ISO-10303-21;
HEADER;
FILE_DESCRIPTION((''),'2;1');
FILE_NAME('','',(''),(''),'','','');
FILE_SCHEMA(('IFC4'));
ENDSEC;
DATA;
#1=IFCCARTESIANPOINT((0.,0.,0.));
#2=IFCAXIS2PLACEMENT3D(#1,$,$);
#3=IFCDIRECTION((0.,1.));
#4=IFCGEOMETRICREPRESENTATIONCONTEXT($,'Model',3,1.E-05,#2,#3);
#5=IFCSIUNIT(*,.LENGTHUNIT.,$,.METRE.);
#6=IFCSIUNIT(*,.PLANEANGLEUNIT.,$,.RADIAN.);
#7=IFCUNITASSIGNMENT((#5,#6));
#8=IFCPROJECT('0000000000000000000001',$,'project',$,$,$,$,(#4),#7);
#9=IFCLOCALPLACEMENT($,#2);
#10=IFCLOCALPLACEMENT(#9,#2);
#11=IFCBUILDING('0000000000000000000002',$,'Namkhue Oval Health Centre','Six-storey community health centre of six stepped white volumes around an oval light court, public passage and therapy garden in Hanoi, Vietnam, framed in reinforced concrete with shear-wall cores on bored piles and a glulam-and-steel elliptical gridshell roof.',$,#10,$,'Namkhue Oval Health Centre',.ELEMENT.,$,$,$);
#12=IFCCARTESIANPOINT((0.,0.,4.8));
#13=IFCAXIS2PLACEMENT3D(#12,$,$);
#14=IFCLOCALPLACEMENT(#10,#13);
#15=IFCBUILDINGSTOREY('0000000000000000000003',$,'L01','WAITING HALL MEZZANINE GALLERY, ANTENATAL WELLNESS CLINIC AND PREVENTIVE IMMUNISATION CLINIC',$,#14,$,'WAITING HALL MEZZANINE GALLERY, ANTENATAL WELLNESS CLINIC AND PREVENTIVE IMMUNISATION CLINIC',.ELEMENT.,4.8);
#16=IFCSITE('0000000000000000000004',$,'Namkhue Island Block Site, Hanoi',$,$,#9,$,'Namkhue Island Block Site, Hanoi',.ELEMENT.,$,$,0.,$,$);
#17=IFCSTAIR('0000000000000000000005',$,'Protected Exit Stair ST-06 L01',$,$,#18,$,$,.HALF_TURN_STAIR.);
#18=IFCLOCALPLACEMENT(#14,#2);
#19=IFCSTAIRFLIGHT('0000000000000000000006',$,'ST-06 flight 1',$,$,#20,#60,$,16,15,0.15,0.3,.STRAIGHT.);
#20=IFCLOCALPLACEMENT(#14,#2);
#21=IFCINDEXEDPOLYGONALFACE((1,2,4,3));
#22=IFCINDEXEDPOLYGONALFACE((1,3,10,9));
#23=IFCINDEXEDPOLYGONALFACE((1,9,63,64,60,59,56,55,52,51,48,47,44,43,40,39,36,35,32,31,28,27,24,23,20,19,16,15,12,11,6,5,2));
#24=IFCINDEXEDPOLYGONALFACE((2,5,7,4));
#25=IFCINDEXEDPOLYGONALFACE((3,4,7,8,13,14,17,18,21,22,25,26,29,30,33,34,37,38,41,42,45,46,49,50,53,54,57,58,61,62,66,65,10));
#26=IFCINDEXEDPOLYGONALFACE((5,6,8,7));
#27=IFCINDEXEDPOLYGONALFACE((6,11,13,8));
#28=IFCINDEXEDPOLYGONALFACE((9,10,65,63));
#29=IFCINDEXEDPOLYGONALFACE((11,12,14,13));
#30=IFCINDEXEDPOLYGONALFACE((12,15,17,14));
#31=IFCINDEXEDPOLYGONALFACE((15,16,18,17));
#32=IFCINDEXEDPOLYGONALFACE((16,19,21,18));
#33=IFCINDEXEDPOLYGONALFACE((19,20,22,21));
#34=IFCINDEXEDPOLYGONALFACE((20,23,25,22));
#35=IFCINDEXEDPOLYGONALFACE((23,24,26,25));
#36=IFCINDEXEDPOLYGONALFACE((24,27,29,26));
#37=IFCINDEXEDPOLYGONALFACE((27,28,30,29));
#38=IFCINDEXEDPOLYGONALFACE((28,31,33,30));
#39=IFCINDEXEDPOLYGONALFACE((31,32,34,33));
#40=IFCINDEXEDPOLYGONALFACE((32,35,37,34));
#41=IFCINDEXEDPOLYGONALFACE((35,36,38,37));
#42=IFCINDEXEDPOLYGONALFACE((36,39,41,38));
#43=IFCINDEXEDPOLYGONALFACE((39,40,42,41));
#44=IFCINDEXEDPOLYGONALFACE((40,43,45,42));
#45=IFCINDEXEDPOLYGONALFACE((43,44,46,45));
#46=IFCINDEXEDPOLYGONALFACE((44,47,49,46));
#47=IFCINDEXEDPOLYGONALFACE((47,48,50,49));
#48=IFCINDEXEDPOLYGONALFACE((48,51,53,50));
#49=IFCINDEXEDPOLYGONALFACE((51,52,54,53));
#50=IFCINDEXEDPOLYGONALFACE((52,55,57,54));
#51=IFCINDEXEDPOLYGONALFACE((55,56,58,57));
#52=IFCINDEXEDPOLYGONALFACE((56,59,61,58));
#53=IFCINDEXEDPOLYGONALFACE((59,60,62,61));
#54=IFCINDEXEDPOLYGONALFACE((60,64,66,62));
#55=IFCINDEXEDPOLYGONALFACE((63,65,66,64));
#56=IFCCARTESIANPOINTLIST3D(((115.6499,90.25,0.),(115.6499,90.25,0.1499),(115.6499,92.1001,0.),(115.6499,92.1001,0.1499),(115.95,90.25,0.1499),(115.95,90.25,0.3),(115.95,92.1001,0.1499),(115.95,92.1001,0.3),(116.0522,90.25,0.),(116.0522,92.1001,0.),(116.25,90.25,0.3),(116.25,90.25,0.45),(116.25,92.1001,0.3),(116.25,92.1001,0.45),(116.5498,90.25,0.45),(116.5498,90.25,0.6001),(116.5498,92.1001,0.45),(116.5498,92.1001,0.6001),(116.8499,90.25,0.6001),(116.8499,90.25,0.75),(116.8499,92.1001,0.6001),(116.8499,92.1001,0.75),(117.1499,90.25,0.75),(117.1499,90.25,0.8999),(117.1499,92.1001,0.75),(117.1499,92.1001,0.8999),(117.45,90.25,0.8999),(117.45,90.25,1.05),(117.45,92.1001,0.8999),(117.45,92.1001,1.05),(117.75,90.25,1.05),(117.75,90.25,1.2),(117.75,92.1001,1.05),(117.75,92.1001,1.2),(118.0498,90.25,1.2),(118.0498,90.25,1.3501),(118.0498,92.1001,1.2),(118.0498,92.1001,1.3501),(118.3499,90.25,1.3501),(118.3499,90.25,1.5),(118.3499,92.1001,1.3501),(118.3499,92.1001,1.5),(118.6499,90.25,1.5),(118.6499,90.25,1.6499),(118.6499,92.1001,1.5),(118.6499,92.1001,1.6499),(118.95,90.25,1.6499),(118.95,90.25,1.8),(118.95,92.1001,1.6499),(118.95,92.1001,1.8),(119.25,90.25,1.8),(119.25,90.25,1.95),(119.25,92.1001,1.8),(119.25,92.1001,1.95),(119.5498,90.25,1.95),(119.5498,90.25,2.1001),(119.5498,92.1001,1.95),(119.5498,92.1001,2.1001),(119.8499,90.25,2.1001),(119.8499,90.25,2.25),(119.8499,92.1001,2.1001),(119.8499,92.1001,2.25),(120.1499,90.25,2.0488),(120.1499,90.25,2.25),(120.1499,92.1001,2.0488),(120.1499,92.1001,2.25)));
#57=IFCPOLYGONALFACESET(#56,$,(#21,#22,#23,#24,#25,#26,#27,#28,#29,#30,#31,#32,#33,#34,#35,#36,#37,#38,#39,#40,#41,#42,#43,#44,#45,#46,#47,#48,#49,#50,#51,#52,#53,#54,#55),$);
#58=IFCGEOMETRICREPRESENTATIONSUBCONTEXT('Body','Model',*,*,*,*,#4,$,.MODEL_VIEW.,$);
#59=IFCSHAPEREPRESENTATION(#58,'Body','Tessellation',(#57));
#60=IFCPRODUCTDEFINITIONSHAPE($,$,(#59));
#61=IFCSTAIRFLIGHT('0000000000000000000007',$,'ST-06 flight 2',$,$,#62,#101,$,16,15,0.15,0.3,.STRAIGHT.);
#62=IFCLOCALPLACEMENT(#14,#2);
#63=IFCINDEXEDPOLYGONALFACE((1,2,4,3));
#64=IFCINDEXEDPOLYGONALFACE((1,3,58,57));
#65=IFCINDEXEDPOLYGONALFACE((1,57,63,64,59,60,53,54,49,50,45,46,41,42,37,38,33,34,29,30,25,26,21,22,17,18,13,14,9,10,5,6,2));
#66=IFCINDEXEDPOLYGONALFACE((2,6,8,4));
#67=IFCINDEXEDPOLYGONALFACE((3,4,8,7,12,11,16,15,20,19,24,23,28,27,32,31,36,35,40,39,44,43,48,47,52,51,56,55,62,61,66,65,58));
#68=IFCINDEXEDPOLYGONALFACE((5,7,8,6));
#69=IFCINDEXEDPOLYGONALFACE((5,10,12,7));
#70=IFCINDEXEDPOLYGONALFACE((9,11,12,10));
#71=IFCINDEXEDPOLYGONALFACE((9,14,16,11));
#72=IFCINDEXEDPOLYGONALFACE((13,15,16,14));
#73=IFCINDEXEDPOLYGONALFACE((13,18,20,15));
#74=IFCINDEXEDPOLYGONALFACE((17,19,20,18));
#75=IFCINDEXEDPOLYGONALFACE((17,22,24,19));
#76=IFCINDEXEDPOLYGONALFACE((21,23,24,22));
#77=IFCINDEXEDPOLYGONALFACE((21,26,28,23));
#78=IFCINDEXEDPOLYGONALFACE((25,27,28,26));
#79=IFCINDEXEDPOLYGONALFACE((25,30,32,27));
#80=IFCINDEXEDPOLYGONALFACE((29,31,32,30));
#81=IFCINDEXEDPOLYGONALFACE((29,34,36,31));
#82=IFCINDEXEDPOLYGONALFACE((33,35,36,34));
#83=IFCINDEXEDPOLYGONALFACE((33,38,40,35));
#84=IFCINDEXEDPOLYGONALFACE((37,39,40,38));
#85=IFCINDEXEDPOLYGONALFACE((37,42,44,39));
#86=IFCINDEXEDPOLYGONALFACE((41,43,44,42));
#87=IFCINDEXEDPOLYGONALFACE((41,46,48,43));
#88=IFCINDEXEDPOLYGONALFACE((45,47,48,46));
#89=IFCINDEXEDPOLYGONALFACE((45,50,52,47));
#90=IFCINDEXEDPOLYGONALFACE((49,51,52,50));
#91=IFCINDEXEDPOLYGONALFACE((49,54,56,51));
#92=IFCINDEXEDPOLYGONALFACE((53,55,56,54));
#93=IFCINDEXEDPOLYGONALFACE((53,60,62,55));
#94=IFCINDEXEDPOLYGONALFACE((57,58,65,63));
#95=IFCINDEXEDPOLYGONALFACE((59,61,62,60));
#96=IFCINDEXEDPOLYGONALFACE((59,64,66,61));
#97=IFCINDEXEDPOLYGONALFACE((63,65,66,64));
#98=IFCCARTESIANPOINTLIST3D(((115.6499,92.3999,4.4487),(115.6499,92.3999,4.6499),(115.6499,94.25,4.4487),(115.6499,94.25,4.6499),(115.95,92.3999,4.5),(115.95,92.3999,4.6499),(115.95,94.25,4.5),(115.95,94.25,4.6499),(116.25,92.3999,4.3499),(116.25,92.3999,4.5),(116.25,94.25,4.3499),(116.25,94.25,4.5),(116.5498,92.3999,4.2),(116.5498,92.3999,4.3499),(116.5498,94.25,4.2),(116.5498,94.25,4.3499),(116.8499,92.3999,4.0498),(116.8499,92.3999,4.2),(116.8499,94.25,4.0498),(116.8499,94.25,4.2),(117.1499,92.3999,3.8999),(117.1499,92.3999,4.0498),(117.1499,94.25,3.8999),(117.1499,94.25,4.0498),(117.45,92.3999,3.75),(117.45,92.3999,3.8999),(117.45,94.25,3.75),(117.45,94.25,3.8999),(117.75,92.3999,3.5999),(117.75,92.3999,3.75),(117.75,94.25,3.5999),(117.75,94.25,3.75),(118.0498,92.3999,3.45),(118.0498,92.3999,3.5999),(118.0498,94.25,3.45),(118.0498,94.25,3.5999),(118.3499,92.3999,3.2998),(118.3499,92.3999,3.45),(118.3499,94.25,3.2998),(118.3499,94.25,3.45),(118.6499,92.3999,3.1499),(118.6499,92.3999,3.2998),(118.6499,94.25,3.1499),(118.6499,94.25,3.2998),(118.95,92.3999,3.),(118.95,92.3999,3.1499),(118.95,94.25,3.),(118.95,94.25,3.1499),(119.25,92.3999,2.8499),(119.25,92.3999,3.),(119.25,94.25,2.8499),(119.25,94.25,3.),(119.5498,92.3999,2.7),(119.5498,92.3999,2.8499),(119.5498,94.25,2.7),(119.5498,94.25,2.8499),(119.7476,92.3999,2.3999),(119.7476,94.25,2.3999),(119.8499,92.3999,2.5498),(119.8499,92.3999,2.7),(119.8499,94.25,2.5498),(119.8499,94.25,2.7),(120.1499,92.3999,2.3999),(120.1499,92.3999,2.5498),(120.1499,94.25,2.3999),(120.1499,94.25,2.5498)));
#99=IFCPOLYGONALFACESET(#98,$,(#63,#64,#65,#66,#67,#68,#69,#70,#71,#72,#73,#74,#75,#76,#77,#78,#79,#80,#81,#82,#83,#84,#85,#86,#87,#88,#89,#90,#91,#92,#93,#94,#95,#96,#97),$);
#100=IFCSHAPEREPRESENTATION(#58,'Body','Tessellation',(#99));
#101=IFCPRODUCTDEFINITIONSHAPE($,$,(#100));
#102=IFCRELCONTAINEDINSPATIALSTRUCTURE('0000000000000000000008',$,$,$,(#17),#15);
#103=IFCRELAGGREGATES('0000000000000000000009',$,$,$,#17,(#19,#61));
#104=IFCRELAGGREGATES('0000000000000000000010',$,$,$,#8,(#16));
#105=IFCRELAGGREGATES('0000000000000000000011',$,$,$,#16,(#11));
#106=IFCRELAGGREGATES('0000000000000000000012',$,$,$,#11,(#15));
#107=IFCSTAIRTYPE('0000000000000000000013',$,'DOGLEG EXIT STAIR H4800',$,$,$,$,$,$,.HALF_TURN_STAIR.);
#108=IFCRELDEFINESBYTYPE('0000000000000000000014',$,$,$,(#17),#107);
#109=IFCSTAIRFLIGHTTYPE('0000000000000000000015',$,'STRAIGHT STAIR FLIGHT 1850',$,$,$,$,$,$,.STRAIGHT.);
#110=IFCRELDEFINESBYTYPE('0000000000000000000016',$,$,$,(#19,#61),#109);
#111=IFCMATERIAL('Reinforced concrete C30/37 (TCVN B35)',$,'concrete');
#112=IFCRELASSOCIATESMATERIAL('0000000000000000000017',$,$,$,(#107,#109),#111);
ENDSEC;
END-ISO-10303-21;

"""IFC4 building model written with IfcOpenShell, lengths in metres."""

from ifc_helpers import new_model, si_unit, direction, frame, origin, place, context, subcontext, project, spatial, polyline, outline, extrude, material, type_object, element, aggregate, save


model = new_model("IFC4")

# Units and contexts
model_context = context("Model", 3, precision=1e-05, world=origin(), true_north=direction((0.0, 1.0)))
body_context = subcontext(model_context, "Body", "Model", "MODEL_VIEW")
ifc_project = project(units=[si_unit("LENGTHUNIT", "METRE"), si_unit("PLANEANGLEUNIT", "RADIAN")], contexts=[model_context])

# Site, building, storey
site_placement = place(None, origin())
site = spatial("IfcSite", under=ifc_project, at=site_placement, Name="Namkhue Island Block Site, Hanoi", LongName="Namkhue Island Block Site, Hanoi", CompositionType="ELEMENT", RefElevation=0.0)
building_placement = place(site_placement, origin())
building = spatial("IfcBuilding", under=site, at=building_placement, Name="Namkhue Oval Health Centre", Description="Six-storey community health centre of six stepped white volumes around an oval light court, public passage and therapy garden in Hanoi, Vietnam, framed in reinforced concrete with shear-wall cores on bored piles and a glulam-and-steel elliptical gridshell roof.", LongName="Namkhue Oval Health Centre", CompositionType="ELEMENT")
storey_placement = place(building_placement, frame((0.0, 0.0, 4.8)))
storey = spatial("IfcBuildingStorey", under=building, at=storey_placement, Name="L01", Description="WAITING HALL MEZZANINE GALLERY, ANTENATAL WELLNESS CLINIC AND PREVENTIVE IMMUNISATION CLINIC", LongName="WAITING HALL MEZZANINE GALLERY, ANTENATAL WELLNESS CLINIC AND PREVENTIVE IMMUNISATION CLINIC", CompositionType="ELEMENT", Elevation=4.8)

# Shared definitions
ifc_material_1 = material(Name="Reinforced concrete C30/37 (TCVN B35)", Category="concrete")

# Shared definitions
stair_type = type_object("IfcStairType", Name="DOGLEG EXIT STAIR H4800", PredefinedType="HALF_TURN_STAIR", material=ifc_material_1)
stair_flight_type = type_object("IfcStairFlightType", Name="STRAIGHT STAIR FLIGHT 1850", PredefinedType="STRAIGHT", material=ifc_material_1)

# Stair, stair flights
stair_1_placement = place(storey_placement, origin())
stair_1 = element("IfcStair", 1, at=stair_1_placement, inside=storey, type_object=stair_type, Name="Protected Exit Stair ST-06 L01", PredefinedType="HALF_TURN_STAIR")
stair_flight_1_placement = place(storey_placement, frame((115.6499, 91.175, 0.0), z_axis=(0.0, 0.0, 1.0), x_axis=(1.0, 0.0, 0.0)))
stair_flight_1 = element("IfcStairFlight", 2, at=stair_flight_1_placement, type_object=stair_flight_type, Name="ST-06 flight 1", NumberOfRisers=16, NumberOfTreads=15, PredefinedType="STRAIGHT", RiserHeight=0.15, TreadLength=0.3, context=body_context, shape_type="SweptSolid", body=[
    extrude(outline(polyline([(0.0, 0.0), (0.0, 0.1499), (0.3, 0.1499), (0.3, 0.3), (0.6001, 0.3), (0.6001, 0.45), (0.8999, 0.45), (0.8999, 0.6001), (1.2, 0.6001), (1.2, 0.75), (1.5, 0.75), (1.5, 0.8999), (1.8, 0.8999), (1.8, 1.05), (2.1001, 1.05), (2.1001, 1.2), (2.3999, 1.2), (2.3999, 1.3501), (2.7, 1.3501), (2.7, 1.5), (3.0, 1.5), (3.0, 1.6499), (3.3, 1.6499), (3.3, 1.8), (3.6001, 1.8), (3.6001, 1.95), (3.8999, 1.95), (3.8999, 2.1001), (4.2, 2.1001), (4.2, 2.25), (4.5, 2.25), (4.5, 2.3999), (4.5, 2.0488), (0.4023, 0.0), (0.0, 0.0)])), frame((0.0, 0.925, 0.0), z_axis=(0.0, -1.0, 0.0), x_axis=(1.0, 0.0, 0.0)), (0.0, 0.0, 1.0), 1.8501),
])
stair_flight_2_placement = place(storey_placement, frame((120.1499, 93.325, 2.3999), z_axis=(0.0, 0.0, 1.0), x_axis=(-1.0, 0.0, 0.0)))
stair_flight_2 = element("IfcStairFlight", 3, at=stair_flight_2_placement, type_object=stair_flight_type, Name="ST-06 flight 2", NumberOfRisers=16, NumberOfTreads=15, PredefinedType="STRAIGHT", RiserHeight=0.15, TreadLength=0.3, context=body_context, shape_type="SweptSolid", body=[
    extrude(outline(polyline([(0.0, 0.0), (0.0, 0.1499), (0.3, 0.1499), (0.3, 0.3), (0.6001, 0.3), (0.6001, 0.45), (0.8999, 0.45), (0.8999, 0.6001), (1.2, 0.6001), (1.2, 0.75), (1.5, 0.75), (1.5, 0.8999), (1.8, 0.8999), (1.8, 1.05), (2.1001, 1.05), (2.1001, 1.2), (2.3999, 1.2), (2.3999, 1.3501), (2.7, 1.3501), (2.7, 1.5), (3.0, 1.5), (3.0, 1.6499), (3.3, 1.6499), (3.3, 1.8), (3.6001, 1.8), (3.6001, 1.95), (3.8999, 1.95), (3.8999, 2.1001), (4.2, 2.1001), (4.2, 2.25), (4.5, 2.25), (4.5, 2.3999), (4.5, 2.0488), (0.4023, 0.0), (0.0, 0.0)])), frame((0.0, 0.925, 0.0), z_axis=(0.0, -1.0, 0.0), x_axis=(1.0, 0.0, 0.0)), (0.0, 0.0, 1.0), 1.8501),
])
aggregate(stair_1, [stair_flight_1, stair_flight_2])

save(model, "model.ifc")
